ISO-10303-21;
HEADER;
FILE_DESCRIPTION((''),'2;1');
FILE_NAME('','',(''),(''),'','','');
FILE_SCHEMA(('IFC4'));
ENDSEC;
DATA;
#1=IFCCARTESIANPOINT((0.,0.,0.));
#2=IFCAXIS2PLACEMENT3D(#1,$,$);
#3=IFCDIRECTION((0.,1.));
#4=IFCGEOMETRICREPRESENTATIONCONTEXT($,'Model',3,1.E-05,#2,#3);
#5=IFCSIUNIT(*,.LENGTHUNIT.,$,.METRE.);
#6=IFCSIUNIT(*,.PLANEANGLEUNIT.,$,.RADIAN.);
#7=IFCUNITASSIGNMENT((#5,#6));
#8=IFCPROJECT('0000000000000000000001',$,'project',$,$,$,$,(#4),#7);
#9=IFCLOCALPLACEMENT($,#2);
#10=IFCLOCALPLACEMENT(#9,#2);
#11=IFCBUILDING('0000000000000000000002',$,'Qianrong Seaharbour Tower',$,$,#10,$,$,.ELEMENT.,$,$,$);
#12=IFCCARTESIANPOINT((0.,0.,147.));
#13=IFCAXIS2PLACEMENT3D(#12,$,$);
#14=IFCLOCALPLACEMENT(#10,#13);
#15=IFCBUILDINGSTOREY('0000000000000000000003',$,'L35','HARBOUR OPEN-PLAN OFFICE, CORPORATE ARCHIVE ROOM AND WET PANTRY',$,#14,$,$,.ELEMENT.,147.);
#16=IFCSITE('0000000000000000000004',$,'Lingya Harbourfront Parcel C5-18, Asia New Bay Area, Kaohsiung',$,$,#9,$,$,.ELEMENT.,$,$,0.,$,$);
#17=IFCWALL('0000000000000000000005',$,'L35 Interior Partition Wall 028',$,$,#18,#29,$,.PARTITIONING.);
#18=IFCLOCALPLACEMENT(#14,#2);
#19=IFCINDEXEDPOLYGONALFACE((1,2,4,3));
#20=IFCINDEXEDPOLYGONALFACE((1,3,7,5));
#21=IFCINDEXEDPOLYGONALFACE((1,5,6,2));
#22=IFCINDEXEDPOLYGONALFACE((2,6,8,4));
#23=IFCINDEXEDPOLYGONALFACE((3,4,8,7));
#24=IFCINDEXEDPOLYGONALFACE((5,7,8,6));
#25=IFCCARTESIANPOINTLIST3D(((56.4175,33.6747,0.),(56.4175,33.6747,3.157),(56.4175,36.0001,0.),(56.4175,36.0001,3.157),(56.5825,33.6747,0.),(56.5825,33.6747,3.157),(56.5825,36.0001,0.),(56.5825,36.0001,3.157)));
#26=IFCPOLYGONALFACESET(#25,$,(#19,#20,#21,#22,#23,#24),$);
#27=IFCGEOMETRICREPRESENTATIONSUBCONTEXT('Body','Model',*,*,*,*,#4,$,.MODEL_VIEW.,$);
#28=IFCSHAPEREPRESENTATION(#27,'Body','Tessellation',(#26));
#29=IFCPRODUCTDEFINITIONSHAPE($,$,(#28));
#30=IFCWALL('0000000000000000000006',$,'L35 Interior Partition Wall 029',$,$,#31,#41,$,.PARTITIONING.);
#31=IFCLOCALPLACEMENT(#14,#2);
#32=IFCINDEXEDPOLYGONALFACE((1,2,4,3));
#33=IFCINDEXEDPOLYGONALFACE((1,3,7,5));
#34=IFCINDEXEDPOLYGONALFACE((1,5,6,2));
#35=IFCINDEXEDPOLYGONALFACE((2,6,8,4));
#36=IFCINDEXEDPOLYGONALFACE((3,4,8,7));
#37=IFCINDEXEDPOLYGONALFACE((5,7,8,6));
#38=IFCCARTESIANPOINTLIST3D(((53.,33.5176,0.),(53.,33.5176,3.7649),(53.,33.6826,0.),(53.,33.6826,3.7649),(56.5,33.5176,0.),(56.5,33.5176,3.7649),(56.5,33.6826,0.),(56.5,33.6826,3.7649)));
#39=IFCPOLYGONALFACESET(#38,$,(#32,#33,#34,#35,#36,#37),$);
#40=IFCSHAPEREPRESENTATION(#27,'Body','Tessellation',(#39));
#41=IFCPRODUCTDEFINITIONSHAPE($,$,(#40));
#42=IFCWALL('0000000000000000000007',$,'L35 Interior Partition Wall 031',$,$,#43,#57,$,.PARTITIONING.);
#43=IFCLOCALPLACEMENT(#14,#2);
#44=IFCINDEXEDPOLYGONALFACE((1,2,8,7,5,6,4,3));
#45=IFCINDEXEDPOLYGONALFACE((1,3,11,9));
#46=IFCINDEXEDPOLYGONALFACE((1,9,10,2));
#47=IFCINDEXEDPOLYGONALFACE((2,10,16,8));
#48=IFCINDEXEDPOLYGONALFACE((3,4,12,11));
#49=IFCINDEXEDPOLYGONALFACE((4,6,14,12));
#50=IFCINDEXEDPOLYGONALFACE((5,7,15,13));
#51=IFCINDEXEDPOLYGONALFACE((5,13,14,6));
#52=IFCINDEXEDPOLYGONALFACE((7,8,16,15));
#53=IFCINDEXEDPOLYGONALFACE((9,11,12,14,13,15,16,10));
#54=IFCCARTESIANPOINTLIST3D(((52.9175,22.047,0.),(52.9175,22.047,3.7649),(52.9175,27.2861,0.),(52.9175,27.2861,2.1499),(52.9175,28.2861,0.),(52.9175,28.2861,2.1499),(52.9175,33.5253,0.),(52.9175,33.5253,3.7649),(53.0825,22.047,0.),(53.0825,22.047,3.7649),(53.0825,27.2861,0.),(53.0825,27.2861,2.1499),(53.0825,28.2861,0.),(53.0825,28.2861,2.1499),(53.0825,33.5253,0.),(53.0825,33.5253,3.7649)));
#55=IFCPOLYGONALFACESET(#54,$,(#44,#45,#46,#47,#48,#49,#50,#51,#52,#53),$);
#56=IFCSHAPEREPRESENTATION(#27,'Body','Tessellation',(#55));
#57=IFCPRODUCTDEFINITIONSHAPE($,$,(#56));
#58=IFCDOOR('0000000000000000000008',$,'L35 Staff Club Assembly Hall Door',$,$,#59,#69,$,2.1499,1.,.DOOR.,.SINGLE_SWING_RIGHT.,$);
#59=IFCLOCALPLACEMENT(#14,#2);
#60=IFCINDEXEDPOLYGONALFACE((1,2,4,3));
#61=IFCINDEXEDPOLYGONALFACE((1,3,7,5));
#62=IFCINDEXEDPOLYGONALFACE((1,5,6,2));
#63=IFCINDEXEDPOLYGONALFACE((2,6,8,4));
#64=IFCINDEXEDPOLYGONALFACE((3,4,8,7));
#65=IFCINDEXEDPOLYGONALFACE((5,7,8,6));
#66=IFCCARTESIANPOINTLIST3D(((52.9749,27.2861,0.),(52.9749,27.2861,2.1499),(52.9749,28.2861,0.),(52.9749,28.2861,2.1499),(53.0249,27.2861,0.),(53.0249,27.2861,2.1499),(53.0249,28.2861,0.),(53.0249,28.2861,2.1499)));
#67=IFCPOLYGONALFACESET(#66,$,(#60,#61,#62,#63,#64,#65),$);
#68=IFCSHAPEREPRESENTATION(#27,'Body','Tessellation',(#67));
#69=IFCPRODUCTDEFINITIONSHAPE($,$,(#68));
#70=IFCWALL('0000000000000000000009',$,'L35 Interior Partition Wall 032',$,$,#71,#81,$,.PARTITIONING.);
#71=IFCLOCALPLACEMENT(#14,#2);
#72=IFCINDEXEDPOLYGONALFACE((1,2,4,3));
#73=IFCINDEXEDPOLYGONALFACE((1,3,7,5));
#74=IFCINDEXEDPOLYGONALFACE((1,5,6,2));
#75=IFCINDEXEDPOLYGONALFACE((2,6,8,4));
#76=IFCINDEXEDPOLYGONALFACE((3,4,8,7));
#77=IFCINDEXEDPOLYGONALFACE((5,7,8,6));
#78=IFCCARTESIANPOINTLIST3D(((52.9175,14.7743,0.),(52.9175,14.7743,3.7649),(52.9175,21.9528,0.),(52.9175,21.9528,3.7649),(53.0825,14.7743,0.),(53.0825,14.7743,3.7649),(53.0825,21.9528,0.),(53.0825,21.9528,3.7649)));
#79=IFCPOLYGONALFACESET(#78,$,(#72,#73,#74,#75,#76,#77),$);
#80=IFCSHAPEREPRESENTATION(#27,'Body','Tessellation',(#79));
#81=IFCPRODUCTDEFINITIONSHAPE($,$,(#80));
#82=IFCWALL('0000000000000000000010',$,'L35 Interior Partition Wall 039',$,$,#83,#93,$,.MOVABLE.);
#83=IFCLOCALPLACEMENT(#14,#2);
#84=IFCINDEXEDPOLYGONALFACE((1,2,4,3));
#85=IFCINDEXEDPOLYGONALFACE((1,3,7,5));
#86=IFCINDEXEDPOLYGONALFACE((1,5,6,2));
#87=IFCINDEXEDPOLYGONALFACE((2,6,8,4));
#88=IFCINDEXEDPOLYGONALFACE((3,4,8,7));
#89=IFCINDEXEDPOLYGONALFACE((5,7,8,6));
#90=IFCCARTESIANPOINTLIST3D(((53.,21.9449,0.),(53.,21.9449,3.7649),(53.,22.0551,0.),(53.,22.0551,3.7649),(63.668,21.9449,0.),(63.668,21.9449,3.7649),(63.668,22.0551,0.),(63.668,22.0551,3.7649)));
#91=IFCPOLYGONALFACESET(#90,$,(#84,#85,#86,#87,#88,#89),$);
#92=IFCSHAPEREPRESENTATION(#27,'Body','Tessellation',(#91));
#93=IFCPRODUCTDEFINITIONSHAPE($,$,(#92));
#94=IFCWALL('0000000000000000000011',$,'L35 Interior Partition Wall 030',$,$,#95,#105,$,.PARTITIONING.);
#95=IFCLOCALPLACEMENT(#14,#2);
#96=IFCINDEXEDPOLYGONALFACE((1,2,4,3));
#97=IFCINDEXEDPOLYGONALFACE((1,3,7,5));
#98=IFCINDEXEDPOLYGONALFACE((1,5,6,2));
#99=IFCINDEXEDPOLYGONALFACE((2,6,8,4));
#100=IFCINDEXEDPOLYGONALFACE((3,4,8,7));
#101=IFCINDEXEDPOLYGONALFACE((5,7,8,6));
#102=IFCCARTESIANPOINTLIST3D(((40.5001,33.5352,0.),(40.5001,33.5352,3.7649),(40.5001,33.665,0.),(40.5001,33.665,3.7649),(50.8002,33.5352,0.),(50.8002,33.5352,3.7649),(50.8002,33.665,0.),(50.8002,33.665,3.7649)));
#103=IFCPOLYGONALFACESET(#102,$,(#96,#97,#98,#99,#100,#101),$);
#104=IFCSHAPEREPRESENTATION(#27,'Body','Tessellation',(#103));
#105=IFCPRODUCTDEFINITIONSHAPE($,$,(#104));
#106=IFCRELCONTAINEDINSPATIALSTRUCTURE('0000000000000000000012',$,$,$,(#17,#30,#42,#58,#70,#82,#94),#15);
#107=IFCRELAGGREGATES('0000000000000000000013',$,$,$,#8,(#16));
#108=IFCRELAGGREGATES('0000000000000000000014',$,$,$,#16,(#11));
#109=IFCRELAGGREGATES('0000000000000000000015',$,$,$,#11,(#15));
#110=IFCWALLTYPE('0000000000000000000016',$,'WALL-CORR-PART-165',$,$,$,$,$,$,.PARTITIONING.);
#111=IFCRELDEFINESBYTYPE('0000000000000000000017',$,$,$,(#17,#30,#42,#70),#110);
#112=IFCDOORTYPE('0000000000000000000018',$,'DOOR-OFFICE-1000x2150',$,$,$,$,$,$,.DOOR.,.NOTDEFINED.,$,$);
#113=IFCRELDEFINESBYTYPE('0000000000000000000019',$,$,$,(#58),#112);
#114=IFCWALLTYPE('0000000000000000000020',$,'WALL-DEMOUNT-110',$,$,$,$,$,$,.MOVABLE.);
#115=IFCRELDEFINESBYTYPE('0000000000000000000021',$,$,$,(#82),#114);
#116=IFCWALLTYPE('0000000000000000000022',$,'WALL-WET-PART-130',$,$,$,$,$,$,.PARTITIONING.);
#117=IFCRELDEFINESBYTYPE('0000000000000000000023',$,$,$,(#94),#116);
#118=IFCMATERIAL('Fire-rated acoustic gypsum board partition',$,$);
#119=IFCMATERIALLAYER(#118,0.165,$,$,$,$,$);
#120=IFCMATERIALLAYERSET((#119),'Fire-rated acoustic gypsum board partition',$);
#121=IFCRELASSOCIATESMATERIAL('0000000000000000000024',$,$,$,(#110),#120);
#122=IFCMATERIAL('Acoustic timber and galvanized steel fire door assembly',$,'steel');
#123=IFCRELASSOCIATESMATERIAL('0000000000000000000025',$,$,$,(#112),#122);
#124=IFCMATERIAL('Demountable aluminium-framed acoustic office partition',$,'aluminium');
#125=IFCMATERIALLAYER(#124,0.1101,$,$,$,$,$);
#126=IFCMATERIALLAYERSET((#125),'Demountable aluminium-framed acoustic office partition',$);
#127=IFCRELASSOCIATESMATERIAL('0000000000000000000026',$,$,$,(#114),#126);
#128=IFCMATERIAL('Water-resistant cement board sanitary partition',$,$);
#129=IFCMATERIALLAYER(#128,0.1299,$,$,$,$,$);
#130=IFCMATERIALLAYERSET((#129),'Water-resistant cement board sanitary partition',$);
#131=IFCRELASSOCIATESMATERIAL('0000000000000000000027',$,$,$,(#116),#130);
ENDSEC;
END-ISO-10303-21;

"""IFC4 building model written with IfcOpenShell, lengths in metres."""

from ifc_helpers import new_model, si_unit, direction, frame, frame_2d, origin, place, context, subcontext, project, spatial, rectangle, extrude, material, layer, layer_set, type_object, element, fill, save


model = new_model("IFC4")

# Units and contexts
model_context = context("Model", 3, precision=1e-05, world=origin(), true_north=direction((0.0, 1.0)))
body_context = subcontext(model_context, "Body", "Model", "MODEL_VIEW")
ifc_project = project(units=[si_unit("LENGTHUNIT", "METRE"), si_unit("PLANEANGLEUNIT", "RADIAN")], contexts=[model_context])

# Site, building, storey
site_placement = place(None, origin())
site = spatial("IfcSite", under=ifc_project, at=site_placement, Name="Lingya Harbourfront Parcel C5-18, Asia New Bay Area, Kaohsiung", CompositionType="ELEMENT", RefElevation=0.0)
building_placement = place(site_placement, origin())
building = spatial("IfcBuilding", under=site, at=building_placement, Name="Qianrong Seaharbour Tower", CompositionType="ELEMENT")
storey_placement = place(building_placement, frame((0.0, 0.0, 147.0)))
storey = spatial("IfcBuildingStorey", under=building, at=storey_placement, Name="L35", Description="HARBOUR OPEN-PLAN OFFICE, CORPORATE ARCHIVE ROOM AND WET PANTRY", CompositionType="ELEMENT", Elevation=147.0)

# Walls
ifc_material_1 = material(Name="Fire-rated acoustic gypsum board partition")
ifc_layer_1 = layer(ifc_material_1, 0.165)
ifc_layer_set_1 = layer_set([ifc_layer_1], Name="Fire-rated acoustic gypsum board partition")
wall_type_1 = type_object("IfcWallType", Name="WALL-CORR-PART-165", PredefinedType="PARTITIONING", material=ifc_layer_set_1)
wall_1_placement = place(storey_placement, frame((56.5, 36.0, 0.0), z_axis=(0.0, 0.0, 1.0), x_axis=(0.0, -1.0, 0.0)))
element("IfcWall", 1, at=wall_1_placement, inside=storey, type_object=wall_type_1, Name="L35 Interior Partition Wall 028", PredefinedType="PARTITIONING", context=body_context, shape_type="SweptSolid", body=[
    extrude(rectangle(XDim=2.3254, YDim=0.165, at=frame_2d((1.1626, 0.0))), origin(), (0.0, 0.0, 1.0), 3.157),
])
wall_2_placement = place(storey_placement, frame((56.5, 33.6001, 0.0), z_axis=(0.0, 0.0, 1.0), x_axis=(-1.0, 0.0, 0.0)))
element("IfcWall", 2, at=wall_2_placement, inside=storey, type_object=wall_type_1, Name="L35 Interior Partition Wall 029", PredefinedType="PARTITIONING", context=body_context, shape_type="SweptSolid", body=[
    extrude(rectangle(XDim=3.5, YDim=0.165, at=frame_2d((1.75, 0.0))), origin(), (0.0, 0.0, 1.0), 3.7649),
])

# Wall, opening, door
wall_3_placement = place(storey_placement, frame((53.0, 33.5254, 0.0), z_axis=(0.0, 0.0, 1.0), x_axis=(0.0, -1.0, 0.0)))
wall_3 = element("IfcWall", 3, at=wall_3_placement, inside=storey, type_object=wall_type_1, Name="L35 Interior Partition Wall 031", PredefinedType="PARTITIONING", context=body_context, shape_type="SweptSolid", body=[
    extrude(rectangle(XDim=11.4783, YDim=0.165, at=frame_2d((5.7393, 0.0))), origin(), (0.0, 0.0, 1.0), 3.7649),
])
opening_placement = place(wall_3_placement, frame((5.2393, 0.0, 0.0)))
opening = element("IfcOpeningElement", 4, at=opening_placement, cuts=wall_3, PredefinedType="OPENING", context=body_context, shape_type="SweptSolid", body=[
    extrude(rectangle(XDim=1.0, YDim=2.1499, at=frame_2d((0.5, 1.075))), frame((0.0, 0.0925, 0.0), z_axis=(0.0, -1.0, 0.0), x_axis=(1.0, 0.0, 0.0)), (0.0, 0.0, 1.0), 0.1851),
])
ifc_material_2 = material(Name="Acoustic timber and galvanized steel fire door assembly", Category="steel")
door_type = type_object("IfcDoorType", Name="DOOR-OFFICE-1000x2150", OperationType="NOTDEFINED", PredefinedType="DOOR", material=ifc_material_2)
door_placement = place(opening_placement, origin())
door = element("IfcDoor", 5, at=door_placement, inside=storey, type_object=door_type, Name="L35 Staff Club Assembly Hall Door", OperationType="SINGLE_SWING_RIGHT", OverallHeight=2.1499, OverallWidth=1.0, PredefinedType="DOOR", context=body_context, shape_type="SweptSolid", body=[
    extrude(rectangle(XDim=1.0, YDim=2.1499, at=frame_2d((0.5, 1.075))), frame((0.0, 0.0249, 0.0), z_axis=(0.0, -1.0, 0.0), x_axis=(1.0, 0.0, 0.0)), (0.0, 0.0, 1.0), 0.05),
])
fill(opening, door)

# Walls
wall_4_placement = place(storey_placement, frame((53.0, 21.9529, 0.0), z_axis=(0.0, 0.0, 1.0), x_axis=(0.0, -1.0, 0.0)))
element("IfcWall", 6, at=wall_4_placement, inside=storey, type_object=wall_type_1, Name="L35 Interior Partition Wall 032", PredefinedType="PARTITIONING", context=body_context, shape_type="SweptSolid", body=[
    extrude(rectangle(XDim=7.1785, YDim=0.165, at=frame_2d((3.5894, 0.0))), origin(), (0.0, 0.0, 1.0), 3.7649),
])
ifc_material_3 = material(Name="Demountable aluminium-framed acoustic office partition", Category="aluminium")
ifc_layer_2 = layer(ifc_material_3, 0.1101)
ifc_layer_set_2 = layer_set([ifc_layer_2], Name="Demountable aluminium-framed acoustic office partition")
wall_type_2 = type_object("IfcWallType", Name="WALL-DEMOUNT-110", PredefinedType="MOVABLE", material=ifc_layer_set_2)
wall_5_placement = place(storey_placement, frame((63.668, 22.0, 0.0), z_axis=(0.0, 0.0, 1.0), x_axis=(-1.0, 0.0, 0.0)))
element("IfcWall", 7, at=wall_5_placement, inside=storey, type_object=wall_type_2, Name="L35 Interior Partition Wall 039", PredefinedType="MOVABLE", context=body_context, shape_type="SweptSolid", body=[
    extrude(rectangle(XDim=10.668, YDim=0.1101, at=frame_2d((5.334, 0.0))), origin(), (0.0, 0.0, 1.0), 3.7649),
])
ifc_material_4 = material(Name="Water-resistant cement board sanitary partition")
ifc_layer_3 = layer(ifc_material_4, 0.1299)
ifc_layer_set_3 = layer_set([ifc_layer_3], Name="Water-resistant cement board sanitary partition")
wall_type_3 = type_object("IfcWallType", Name="WALL-WET-PART-130", PredefinedType="PARTITIONING", material=ifc_layer_set_3)
wall_6_placement = place(storey_placement, frame((50.8, 33.6001, 0.0), z_axis=(0.0, 0.0, 1.0), x_axis=(-1.0, 0.0, 0.0)))
element("IfcWall", 8, at=wall_6_placement, inside=storey, type_object=wall_type_3, Name="L35 Interior Partition Wall 030", PredefinedType="PARTITIONING", context=body_context, shape_type="SweptSolid", body=[
    extrude(rectangle(XDim=10.3, YDim=0.1299, at=frame_2d((5.1499, 0.0))), origin(), (0.0, 0.0, 1.0), 3.7649),
])

save(model, "model.ifc")
